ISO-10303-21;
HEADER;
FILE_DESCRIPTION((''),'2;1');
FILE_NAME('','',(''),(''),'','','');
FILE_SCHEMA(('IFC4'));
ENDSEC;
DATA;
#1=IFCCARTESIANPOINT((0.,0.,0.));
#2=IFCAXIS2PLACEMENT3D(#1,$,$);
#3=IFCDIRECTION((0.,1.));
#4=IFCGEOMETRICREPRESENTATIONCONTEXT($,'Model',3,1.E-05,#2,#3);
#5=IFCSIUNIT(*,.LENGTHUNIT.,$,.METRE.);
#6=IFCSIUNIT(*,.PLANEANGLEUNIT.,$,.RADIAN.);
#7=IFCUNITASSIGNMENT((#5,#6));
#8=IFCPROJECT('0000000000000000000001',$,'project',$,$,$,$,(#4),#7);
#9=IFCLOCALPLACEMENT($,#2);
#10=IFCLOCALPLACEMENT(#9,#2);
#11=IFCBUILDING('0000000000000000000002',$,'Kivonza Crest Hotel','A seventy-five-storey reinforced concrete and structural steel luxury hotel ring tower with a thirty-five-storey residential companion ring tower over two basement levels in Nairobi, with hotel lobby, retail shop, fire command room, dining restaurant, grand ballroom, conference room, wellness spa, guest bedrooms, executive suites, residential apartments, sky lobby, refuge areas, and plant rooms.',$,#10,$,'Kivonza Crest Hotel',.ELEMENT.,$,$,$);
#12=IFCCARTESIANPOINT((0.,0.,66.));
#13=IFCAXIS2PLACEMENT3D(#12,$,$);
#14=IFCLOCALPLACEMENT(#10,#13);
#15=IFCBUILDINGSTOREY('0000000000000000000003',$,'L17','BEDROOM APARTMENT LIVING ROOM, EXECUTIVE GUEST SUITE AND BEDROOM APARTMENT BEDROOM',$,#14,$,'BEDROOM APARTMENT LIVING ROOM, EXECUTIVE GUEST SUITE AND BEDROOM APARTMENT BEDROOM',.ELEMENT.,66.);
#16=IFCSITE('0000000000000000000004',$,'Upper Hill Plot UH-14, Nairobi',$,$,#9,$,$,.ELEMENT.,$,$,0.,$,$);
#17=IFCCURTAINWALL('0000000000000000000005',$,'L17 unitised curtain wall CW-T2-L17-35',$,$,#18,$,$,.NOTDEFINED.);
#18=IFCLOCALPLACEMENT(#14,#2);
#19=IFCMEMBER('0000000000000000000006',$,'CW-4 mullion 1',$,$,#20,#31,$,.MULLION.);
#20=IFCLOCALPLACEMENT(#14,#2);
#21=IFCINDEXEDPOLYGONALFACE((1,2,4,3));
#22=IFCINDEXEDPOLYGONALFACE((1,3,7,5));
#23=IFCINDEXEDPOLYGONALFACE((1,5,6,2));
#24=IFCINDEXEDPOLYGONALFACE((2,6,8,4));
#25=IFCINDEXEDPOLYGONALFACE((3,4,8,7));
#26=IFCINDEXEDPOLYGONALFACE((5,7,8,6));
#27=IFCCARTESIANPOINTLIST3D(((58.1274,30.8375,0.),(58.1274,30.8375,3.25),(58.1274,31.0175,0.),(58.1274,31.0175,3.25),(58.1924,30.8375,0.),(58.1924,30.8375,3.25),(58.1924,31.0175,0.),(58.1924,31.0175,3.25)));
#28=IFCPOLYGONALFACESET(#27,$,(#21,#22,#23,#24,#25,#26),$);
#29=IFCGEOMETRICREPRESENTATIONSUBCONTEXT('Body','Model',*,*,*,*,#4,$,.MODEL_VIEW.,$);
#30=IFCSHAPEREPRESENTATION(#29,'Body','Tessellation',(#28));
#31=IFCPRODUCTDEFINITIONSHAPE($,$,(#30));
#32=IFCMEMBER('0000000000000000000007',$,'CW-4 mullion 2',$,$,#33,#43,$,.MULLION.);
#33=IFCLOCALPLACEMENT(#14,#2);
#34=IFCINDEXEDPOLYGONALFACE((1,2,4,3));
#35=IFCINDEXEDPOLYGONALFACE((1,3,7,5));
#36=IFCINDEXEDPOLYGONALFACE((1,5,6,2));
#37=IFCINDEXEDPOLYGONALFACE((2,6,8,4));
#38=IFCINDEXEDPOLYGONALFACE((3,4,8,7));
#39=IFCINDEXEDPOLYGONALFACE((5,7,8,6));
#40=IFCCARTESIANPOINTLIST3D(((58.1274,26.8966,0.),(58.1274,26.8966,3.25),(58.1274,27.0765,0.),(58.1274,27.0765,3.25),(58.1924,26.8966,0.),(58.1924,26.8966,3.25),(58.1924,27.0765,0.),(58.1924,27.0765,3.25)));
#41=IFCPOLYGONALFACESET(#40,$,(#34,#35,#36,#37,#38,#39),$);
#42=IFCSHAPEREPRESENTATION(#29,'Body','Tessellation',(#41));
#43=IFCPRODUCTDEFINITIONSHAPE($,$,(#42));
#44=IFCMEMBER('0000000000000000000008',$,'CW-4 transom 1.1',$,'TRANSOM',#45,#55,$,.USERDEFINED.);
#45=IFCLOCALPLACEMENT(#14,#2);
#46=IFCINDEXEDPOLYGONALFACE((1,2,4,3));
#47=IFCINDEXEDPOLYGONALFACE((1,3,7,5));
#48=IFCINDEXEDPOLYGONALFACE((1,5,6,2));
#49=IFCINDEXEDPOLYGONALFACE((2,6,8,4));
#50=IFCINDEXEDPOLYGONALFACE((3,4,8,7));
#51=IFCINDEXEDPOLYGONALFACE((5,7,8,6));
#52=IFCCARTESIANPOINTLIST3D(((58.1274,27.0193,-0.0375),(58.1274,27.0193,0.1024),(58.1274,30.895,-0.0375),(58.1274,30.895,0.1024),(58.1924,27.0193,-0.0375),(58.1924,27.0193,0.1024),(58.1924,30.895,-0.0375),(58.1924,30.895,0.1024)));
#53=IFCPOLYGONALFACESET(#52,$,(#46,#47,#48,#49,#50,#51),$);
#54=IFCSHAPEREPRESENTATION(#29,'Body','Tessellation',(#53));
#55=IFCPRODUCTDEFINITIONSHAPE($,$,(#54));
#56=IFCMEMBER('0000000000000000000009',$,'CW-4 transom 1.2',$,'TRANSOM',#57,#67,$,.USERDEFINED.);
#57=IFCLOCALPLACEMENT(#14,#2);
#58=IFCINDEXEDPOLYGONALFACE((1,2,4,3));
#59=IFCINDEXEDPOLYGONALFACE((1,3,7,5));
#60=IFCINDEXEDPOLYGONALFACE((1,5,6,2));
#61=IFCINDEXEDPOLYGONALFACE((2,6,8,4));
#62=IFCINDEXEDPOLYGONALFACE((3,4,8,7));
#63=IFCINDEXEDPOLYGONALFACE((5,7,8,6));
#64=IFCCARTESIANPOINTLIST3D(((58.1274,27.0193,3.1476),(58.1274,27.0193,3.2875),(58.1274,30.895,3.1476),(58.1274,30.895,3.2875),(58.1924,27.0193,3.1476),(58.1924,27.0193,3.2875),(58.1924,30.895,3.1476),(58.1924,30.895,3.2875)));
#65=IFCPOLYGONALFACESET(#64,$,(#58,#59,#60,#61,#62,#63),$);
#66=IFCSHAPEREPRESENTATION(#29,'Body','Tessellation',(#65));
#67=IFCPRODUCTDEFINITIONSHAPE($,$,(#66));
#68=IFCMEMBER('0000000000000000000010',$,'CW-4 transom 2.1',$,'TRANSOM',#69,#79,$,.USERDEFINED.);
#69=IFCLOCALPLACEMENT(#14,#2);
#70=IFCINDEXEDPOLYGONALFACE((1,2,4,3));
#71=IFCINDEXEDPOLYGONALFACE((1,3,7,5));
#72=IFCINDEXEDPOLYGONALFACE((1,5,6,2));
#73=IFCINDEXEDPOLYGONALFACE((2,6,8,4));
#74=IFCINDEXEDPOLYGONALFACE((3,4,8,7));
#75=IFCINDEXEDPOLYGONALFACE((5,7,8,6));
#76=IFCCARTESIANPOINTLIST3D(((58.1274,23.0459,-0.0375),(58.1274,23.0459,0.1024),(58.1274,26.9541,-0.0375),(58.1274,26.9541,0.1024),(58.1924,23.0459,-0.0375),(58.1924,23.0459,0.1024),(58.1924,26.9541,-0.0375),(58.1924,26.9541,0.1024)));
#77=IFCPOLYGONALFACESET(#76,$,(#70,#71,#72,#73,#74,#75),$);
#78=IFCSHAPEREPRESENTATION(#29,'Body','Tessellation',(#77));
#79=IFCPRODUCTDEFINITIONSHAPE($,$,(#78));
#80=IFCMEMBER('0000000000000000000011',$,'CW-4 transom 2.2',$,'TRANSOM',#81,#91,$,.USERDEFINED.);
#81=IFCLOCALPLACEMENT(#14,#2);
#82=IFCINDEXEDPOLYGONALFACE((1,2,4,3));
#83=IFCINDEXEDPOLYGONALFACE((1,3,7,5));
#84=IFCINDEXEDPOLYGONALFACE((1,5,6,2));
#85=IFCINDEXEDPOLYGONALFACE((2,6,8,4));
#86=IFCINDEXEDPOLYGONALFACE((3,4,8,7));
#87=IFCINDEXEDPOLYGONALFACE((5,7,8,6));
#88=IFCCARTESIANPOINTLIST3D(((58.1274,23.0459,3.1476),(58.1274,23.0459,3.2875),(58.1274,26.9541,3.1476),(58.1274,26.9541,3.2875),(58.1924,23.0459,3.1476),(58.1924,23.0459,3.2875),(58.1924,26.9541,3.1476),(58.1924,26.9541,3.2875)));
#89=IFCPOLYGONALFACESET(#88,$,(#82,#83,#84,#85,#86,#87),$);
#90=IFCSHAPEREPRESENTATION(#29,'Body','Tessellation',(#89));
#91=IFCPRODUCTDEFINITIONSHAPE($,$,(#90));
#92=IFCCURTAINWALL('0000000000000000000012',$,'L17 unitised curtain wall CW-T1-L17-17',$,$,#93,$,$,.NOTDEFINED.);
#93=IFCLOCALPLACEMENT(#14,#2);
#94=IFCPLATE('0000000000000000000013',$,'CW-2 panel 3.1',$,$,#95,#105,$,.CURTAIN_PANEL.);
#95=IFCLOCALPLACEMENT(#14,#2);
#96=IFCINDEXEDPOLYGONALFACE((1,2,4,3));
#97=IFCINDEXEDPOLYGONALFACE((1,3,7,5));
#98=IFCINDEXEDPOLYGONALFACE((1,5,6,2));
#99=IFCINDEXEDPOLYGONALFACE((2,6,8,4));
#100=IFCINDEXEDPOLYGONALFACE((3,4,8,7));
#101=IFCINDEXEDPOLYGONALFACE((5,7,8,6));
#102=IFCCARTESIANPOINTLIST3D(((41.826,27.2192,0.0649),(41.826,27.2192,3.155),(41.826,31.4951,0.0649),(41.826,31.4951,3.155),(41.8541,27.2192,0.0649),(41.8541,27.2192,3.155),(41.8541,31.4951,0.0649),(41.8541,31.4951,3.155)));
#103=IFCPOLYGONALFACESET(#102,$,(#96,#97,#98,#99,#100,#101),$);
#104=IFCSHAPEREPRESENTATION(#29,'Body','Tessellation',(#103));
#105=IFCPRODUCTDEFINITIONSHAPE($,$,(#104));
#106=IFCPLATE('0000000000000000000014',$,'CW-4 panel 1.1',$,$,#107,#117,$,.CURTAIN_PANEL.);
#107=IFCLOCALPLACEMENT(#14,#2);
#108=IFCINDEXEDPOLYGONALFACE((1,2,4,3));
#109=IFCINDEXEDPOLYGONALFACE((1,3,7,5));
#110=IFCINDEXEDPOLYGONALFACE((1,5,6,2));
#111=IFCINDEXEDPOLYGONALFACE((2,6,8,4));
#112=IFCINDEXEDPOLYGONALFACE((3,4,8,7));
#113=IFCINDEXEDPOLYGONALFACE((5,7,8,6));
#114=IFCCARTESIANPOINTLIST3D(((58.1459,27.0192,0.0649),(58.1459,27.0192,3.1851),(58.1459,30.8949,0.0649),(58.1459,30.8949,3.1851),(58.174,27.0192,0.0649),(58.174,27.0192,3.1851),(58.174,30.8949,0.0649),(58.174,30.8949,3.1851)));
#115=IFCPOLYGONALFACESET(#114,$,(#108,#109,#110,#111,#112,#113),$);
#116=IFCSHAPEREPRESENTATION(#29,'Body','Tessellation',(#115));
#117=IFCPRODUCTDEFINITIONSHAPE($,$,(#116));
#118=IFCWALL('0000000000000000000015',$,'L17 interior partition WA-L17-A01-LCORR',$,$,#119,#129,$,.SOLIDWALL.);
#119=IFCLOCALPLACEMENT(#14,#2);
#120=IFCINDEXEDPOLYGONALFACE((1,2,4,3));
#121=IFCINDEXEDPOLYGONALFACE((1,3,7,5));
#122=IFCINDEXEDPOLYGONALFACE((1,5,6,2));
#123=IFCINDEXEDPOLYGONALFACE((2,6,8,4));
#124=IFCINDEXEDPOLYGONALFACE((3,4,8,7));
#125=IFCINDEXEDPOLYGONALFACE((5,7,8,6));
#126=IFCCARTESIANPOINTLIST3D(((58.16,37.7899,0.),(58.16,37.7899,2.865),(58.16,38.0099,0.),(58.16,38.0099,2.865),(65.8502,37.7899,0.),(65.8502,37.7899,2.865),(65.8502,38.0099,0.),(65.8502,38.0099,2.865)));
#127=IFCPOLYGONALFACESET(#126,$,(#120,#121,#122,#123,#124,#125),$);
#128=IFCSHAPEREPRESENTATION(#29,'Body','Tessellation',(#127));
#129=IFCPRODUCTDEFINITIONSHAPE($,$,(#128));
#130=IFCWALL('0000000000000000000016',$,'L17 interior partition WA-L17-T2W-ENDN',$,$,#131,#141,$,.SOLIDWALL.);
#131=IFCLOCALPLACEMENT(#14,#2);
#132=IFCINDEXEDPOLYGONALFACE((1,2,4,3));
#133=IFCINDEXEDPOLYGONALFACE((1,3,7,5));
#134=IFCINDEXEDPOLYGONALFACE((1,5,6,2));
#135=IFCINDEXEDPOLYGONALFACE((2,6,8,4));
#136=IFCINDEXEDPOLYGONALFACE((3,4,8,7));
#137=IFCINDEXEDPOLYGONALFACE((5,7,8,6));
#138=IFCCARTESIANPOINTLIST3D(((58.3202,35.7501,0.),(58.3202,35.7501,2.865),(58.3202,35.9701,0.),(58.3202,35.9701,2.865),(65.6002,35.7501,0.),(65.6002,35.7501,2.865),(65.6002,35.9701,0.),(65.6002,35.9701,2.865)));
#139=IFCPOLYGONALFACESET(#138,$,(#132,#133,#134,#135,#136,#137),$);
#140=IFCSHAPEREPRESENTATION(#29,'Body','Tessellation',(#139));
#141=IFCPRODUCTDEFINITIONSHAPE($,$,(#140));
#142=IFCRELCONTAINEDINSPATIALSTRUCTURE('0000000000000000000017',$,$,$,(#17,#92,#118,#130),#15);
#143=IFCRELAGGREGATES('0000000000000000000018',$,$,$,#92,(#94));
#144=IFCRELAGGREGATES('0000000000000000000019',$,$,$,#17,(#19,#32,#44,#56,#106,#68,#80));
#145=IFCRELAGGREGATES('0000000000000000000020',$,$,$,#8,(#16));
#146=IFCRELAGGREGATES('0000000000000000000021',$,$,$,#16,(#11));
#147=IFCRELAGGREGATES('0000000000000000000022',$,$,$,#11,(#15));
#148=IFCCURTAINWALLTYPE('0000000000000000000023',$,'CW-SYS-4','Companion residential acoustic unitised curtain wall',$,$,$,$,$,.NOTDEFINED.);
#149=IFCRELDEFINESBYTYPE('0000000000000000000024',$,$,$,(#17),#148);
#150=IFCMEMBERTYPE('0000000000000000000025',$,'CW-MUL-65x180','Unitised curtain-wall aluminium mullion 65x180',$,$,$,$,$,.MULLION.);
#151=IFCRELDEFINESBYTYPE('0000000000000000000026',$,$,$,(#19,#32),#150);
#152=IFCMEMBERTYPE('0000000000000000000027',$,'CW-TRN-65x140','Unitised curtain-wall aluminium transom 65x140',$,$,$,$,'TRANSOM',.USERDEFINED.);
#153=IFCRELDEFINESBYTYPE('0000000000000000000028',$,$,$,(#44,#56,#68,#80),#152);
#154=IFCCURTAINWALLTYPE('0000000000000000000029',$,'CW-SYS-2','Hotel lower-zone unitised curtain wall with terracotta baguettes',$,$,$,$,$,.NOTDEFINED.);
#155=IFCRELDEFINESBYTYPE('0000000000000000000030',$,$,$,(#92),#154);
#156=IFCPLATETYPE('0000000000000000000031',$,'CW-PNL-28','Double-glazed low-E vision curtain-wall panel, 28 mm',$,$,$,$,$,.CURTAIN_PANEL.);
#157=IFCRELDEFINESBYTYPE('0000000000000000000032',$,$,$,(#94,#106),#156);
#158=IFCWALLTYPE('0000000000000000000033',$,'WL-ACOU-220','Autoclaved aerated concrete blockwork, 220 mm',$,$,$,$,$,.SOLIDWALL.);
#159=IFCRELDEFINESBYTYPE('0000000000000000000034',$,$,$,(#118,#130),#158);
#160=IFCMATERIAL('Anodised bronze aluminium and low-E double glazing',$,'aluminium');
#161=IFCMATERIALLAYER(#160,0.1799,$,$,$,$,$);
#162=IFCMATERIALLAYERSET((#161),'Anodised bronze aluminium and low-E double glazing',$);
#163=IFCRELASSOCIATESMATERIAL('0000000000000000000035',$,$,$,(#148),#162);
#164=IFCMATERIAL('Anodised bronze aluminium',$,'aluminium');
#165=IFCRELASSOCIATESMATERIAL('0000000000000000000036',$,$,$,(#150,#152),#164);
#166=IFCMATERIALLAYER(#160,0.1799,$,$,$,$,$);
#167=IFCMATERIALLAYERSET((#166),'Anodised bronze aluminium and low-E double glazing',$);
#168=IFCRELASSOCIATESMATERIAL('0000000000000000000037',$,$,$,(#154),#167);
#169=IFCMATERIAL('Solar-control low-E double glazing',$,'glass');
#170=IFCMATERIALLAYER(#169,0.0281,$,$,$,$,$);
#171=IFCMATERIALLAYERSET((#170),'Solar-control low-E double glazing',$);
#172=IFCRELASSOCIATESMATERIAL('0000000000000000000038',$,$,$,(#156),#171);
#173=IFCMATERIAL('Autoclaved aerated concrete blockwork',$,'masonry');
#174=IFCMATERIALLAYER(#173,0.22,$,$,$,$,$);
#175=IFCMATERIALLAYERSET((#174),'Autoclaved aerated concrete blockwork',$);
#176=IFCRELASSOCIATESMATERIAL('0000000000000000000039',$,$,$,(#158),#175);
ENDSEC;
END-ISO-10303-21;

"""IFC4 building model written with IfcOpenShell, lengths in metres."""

from ifc_helpers import new_model, si_unit, direction, frame, frame_2d, origin, origin_2d, place, context, subcontext, project, spatial, rectangle, extrude, material, layer, layer_set, material_profile, profile_set, type_object, element, aggregate, save


model = new_model("IFC4")

# Units and contexts
model_context = context("Model", 3, precision=1e-05, world=origin(), true_north=direction((0.0, 1.0)))
body_context = subcontext(model_context, "Body", "Model", "MODEL_VIEW")
ifc_project = project(units=[si_unit("LENGTHUNIT", "METRE"), si_unit("PLANEANGLEUNIT", "RADIAN")], contexts=[model_context])

# Site, building, storey
site_placement = place(None, origin())
site = spatial("IfcSite", under=ifc_project, at=site_placement, Name="Upper Hill Plot UH-14, Nairobi", CompositionType="ELEMENT", RefElevation=0.0)
building_placement = place(site_placement, origin())
building = spatial("IfcBuilding", under=site, at=building_placement, Name="Kivonza Crest Hotel", Description="A seventy-five-storey reinforced concrete and structural steel luxury hotel ring tower with a thirty-five-storey residential companion ring tower over two basement levels in Nairobi, with hotel lobby, retail shop, fire command room, dining restaurant, grand ballroom, conference room, wellness spa, guest bedrooms, executive suites, residential apartments, sky lobby, refuge areas, and plant rooms.", LongName="Kivonza Crest Hotel", CompositionType="ELEMENT")
storey_placement = place(building_placement, frame((0.0, 0.0, 66.0)))
storey = spatial("IfcBuildingStorey", under=building, at=storey_placement, Name="L17", Description="BEDROOM APARTMENT LIVING ROOM, EXECUTIVE GUEST SUITE AND BEDROOM APARTMENT BEDROOM", LongName="BEDROOM APARTMENT LIVING ROOM, EXECUTIVE GUEST SUITE AND BEDROOM APARTMENT BEDROOM", CompositionType="ELEMENT", Elevation=66.0)

# Curtain wall, members
ifc_material_1 = material(Name="Anodised bronze aluminium and low-E double glazing", Category="aluminium")
ifc_layer_1 = layer(ifc_material_1, 0.1799)
ifc_layer_set_1 = layer_set([ifc_layer_1], Name="Anodised bronze aluminium and low-E double glazing")
curtain_wall_type_1 = type_object("IfcCurtainWallType", Name="CW-SYS-4", Description="Companion residential acoustic unitised curtain wall", PredefinedType="NOTDEFINED", material=ifc_layer_set_1)
curtain_wall_1_placement = place(storey_placement, origin())
curtain_wall_1 = element("IfcCurtainWall", 1, at=curtain_wall_1_placement, inside=storey, type_object=curtain_wall_type_1, Name="L17 unitised curtain wall CW-T2-L17-35", PredefinedType="NOTDEFINED")
ifc_material_2 = material(Name="Anodised bronze aluminium", Category="aluminium")
ifc_material_profile_1 = material_profile(ifc_material_2, rectangle(XDim=0.0649, YDim=0.1799, at=origin_2d()), Name="CW-M 65x180")
ifc_profile_set_1 = profile_set([ifc_material_profile_1], Name="Anodised bronze aluminium")
member_type_1 = type_object("IfcMemberType", Name="CW-MUL-65x180", Description="Unitised curtain-wall aluminium mullion 65x180", PredefinedType="MULLION", material=ifc_profile_set_1)
member_1_placement = place(storey_placement, frame((58.1599, 30.9275, 0.0), z_axis=(0.0, 0.0, 1.0), x_axis=(1.0, 0.0, 0.0)))
member_1 = element("IfcMember", 2, at=member_1_placement, type_object=member_type_1, Name="CW-4 mullion 1", PredefinedType="MULLION", context=body_context, shape_type="SweptSolid", body=[
    extrude(rectangle(XDim=0.0649, YDim=0.1799, at=origin_2d()), origin(), (0.0, 0.0, 1.0), 3.25),
])
member_2_placement = place(storey_placement, frame((58.1599, 26.9866, 0.0), z_axis=(0.0, 0.0, 1.0), x_axis=(1.0, 0.0, 0.0)))
member_2 = element("IfcMember", 3, at=member_2_placement, type_object=member_type_1, Name="CW-4 mullion 2", PredefinedType="MULLION", context=body_context, shape_type="SweptSolid", body=[
    extrude(rectangle(XDim=0.0649, YDim=0.1799, at=origin_2d()), origin(), (0.0, 0.0, 1.0), 3.25),
])
ifc_material_profile_2 = material_profile(ifc_material_2, rectangle(XDim=0.0649, YDim=0.1399, at=origin_2d()), Name="CW-T 65x140")
ifc_profile_set_2 = profile_set([ifc_material_profile_2], Name="Anodised bronze aluminium")
member_type_2 = type_object("IfcMemberType", Name="CW-TRN-65x140", Description="Unitised curtain-wall aluminium transom 65x140", ElementType="TRANSOM", PredefinedType="USERDEFINED", material=ifc_profile_set_2)
member_3_placement = place(storey_placement, frame((58.1599, 30.895, 0.0325), z_axis=(0.0, -1.0, 0.0), x_axis=(1.0, 0.0, 0.0)))
member_3 = element("IfcMember", 4, at=member_3_placement, type_object=member_type_2, Name="CW-4 transom 1.1", ObjectType="TRANSOM", PredefinedType="USERDEFINED", context=body_context, shape_type="SweptSolid", body=[
    extrude(rectangle(XDim=0.0649, YDim=0.1399, at=origin_2d()), origin(), (0.0, 0.0, 1.0), 3.8757),
])
member_4_placement = place(storey_placement, frame((58.1599, 30.895, 3.2175), z_axis=(0.0, -1.0, 0.0), x_axis=(1.0, 0.0, 0.0)))
member_4 = element("IfcMember", 5, at=member_4_placement, type_object=member_type_2, Name="CW-4 transom 1.2", ObjectType="TRANSOM", PredefinedType="USERDEFINED", context=body_context, shape_type="SweptSolid", body=[
    extrude(rectangle(XDim=0.0649, YDim=0.1399, at=origin_2d()), origin(), (0.0, 0.0, 1.0), 3.8757),
])
member_5_placement = place(storey_placement, frame((58.1599, 26.9541, 0.0325), z_axis=(0.0, -1.0, 0.0), x_axis=(1.0, 0.0, 0.0)))
member_5 = element("IfcMember", 6, at=member_5_placement, type_object=member_type_2, Name="CW-4 transom 2.1", ObjectType="TRANSOM", PredefinedType="USERDEFINED", context=body_context, shape_type="SweptSolid", body=[
    extrude(rectangle(XDim=0.0649, YDim=0.1399, at=origin_2d()), origin(), (0.0, 0.0, 1.0), 3.9082),
])
member_6_placement = place(storey_placement, frame((58.1599, 26.9541, 3.2175), z_axis=(0.0, -1.0, 0.0), x_axis=(1.0, 0.0, 0.0)))
member_6 = element("IfcMember", 7, at=member_6_placement, type_object=member_type_2, Name="CW-4 transom 2.2", ObjectType="TRANSOM", PredefinedType="USERDEFINED", context=body_context, shape_type="SweptSolid", body=[
    extrude(rectangle(XDim=0.0649, YDim=0.1399, at=origin_2d()), origin(), (0.0, 0.0, 1.0), 3.9082),
])

# Curtain wall, plate
ifc_layer_2 = layer(ifc_material_1, 0.1799)
ifc_layer_set_2 = layer_set([ifc_layer_2], Name="Anodised bronze aluminium and low-E double glazing")
curtain_wall_type_2 = type_object("IfcCurtainWallType", Name="CW-SYS-2", Description="Hotel lower-zone unitised curtain wall with terracotta baguettes", PredefinedType="NOTDEFINED", material=ifc_layer_set_2)
curtain_wall_2_placement = place(storey_placement, origin())
curtain_wall_2 = element("IfcCurtainWall", 8, at=curtain_wall_2_placement, inside=storey, type_object=curtain_wall_type_2, Name="L17 unitised curtain wall CW-T1-L17-17", PredefinedType="NOTDEFINED")
ifc_material_3 = material(Name="Solar-control low-E double glazing", Category="glass")
ifc_layer_3 = layer(ifc_material_3, 0.0281)
ifc_layer_set_3 = layer_set([ifc_layer_3], Name="Solar-control low-E double glazing")
plate_type = type_object("IfcPlateType", Name="CW-PNL-28", Description="Double-glazed low-E vision curtain-wall panel, 28 mm", PredefinedType="CURTAIN_PANEL", material=ifc_layer_set_3)
plate_1_placement = place(storey_placement, frame((41.8401, 29.3572, 0.0649), z_axis=(0.0, 0.0, 1.0), x_axis=(0.0, 1.0, 0.0)))
plate_1 = element("IfcPlate", 9, at=plate_1_placement, type_object=plate_type, Name="CW-2 panel 3.1", PredefinedType="CURTAIN_PANEL", context=body_context, shape_type="SweptSolid", body=[
    extrude(rectangle(XDim=4.2759, YDim=0.0281, at=origin_2d()), origin(), (0.0, 0.0, 1.0), 3.0901),
])
aggregate(curtain_wall_2, [plate_1])

# Plate
plate_2_placement = place(storey_placement, frame((58.1599, 28.957, 0.0649), z_axis=(0.0, 0.0, 1.0), x_axis=(0.0, -1.0, 0.0)))
plate_2 = element("IfcPlate", 10, at=plate_2_placement, type_object=plate_type, Name="CW-4 panel 1.1", PredefinedType="CURTAIN_PANEL", context=body_context, shape_type="SweptSolid", body=[
    extrude(rectangle(XDim=3.8757, YDim=0.0281, at=origin_2d()), origin(), (0.0, 0.0, 1.0), 3.1201),
])
aggregate(curtain_wall_1, [member_1, member_2, member_3, member_4, plate_2, member_5, member_6])

# Walls
ifc_material_4 = material(Name="Autoclaved aerated concrete blockwork", Category="masonry")
ifc_layer_4 = layer(ifc_material_4, 0.22)
ifc_layer_set_4 = layer_set([ifc_layer_4], Name="Autoclaved aerated concrete blockwork")
wall_type_1 = type_object("IfcWallType", Name="WL-ACOU-220", Description="Autoclaved aerated concrete blockwork, 220 mm", PredefinedType="SOLIDWALL", material=ifc_layer_set_4)
wall_1_placement = place(storey_placement, frame((58.1599, 37.8999, 0.0), z_axis=(0.0, 0.0, 1.0), x_axis=(1.0, 0.0, 0.0)))
element("IfcWall", 11, at=wall_1_placement, inside=storey, type_object=wall_type_1, Name="L17 interior partition WA-L17-A01-LCORR", PredefinedType="SOLIDWALL", context=body_context, shape_type="SweptSolid", body=[
    extrude(rectangle(XDim=7.6902, YDim=0.22, at=frame_2d((3.8452, 0.0))), origin(), (0.0, 0.0, 1.0), 2.865),
])
wall_2_placement = place(storey_placement, frame((58.3201, 35.8601, 0.0), z_axis=(0.0, 0.0, 1.0), x_axis=(1.0, 0.0, 0.0)))
element("IfcWall", 12, at=wall_2_placement, inside=storey, type_object=wall_type_1, Name="L17 interior partition WA-L17-T2W-ENDN", PredefinedType="SOLIDWALL", context=body_context, shape_type="SweptSolid", body=[
    extrude(rectangle(XDim=7.28, YDim=0.22, at=frame_2d((3.6401, 0.0))), origin(), (0.0, 0.0, 1.0), 2.865),
])

save(model, "model.ifc")
